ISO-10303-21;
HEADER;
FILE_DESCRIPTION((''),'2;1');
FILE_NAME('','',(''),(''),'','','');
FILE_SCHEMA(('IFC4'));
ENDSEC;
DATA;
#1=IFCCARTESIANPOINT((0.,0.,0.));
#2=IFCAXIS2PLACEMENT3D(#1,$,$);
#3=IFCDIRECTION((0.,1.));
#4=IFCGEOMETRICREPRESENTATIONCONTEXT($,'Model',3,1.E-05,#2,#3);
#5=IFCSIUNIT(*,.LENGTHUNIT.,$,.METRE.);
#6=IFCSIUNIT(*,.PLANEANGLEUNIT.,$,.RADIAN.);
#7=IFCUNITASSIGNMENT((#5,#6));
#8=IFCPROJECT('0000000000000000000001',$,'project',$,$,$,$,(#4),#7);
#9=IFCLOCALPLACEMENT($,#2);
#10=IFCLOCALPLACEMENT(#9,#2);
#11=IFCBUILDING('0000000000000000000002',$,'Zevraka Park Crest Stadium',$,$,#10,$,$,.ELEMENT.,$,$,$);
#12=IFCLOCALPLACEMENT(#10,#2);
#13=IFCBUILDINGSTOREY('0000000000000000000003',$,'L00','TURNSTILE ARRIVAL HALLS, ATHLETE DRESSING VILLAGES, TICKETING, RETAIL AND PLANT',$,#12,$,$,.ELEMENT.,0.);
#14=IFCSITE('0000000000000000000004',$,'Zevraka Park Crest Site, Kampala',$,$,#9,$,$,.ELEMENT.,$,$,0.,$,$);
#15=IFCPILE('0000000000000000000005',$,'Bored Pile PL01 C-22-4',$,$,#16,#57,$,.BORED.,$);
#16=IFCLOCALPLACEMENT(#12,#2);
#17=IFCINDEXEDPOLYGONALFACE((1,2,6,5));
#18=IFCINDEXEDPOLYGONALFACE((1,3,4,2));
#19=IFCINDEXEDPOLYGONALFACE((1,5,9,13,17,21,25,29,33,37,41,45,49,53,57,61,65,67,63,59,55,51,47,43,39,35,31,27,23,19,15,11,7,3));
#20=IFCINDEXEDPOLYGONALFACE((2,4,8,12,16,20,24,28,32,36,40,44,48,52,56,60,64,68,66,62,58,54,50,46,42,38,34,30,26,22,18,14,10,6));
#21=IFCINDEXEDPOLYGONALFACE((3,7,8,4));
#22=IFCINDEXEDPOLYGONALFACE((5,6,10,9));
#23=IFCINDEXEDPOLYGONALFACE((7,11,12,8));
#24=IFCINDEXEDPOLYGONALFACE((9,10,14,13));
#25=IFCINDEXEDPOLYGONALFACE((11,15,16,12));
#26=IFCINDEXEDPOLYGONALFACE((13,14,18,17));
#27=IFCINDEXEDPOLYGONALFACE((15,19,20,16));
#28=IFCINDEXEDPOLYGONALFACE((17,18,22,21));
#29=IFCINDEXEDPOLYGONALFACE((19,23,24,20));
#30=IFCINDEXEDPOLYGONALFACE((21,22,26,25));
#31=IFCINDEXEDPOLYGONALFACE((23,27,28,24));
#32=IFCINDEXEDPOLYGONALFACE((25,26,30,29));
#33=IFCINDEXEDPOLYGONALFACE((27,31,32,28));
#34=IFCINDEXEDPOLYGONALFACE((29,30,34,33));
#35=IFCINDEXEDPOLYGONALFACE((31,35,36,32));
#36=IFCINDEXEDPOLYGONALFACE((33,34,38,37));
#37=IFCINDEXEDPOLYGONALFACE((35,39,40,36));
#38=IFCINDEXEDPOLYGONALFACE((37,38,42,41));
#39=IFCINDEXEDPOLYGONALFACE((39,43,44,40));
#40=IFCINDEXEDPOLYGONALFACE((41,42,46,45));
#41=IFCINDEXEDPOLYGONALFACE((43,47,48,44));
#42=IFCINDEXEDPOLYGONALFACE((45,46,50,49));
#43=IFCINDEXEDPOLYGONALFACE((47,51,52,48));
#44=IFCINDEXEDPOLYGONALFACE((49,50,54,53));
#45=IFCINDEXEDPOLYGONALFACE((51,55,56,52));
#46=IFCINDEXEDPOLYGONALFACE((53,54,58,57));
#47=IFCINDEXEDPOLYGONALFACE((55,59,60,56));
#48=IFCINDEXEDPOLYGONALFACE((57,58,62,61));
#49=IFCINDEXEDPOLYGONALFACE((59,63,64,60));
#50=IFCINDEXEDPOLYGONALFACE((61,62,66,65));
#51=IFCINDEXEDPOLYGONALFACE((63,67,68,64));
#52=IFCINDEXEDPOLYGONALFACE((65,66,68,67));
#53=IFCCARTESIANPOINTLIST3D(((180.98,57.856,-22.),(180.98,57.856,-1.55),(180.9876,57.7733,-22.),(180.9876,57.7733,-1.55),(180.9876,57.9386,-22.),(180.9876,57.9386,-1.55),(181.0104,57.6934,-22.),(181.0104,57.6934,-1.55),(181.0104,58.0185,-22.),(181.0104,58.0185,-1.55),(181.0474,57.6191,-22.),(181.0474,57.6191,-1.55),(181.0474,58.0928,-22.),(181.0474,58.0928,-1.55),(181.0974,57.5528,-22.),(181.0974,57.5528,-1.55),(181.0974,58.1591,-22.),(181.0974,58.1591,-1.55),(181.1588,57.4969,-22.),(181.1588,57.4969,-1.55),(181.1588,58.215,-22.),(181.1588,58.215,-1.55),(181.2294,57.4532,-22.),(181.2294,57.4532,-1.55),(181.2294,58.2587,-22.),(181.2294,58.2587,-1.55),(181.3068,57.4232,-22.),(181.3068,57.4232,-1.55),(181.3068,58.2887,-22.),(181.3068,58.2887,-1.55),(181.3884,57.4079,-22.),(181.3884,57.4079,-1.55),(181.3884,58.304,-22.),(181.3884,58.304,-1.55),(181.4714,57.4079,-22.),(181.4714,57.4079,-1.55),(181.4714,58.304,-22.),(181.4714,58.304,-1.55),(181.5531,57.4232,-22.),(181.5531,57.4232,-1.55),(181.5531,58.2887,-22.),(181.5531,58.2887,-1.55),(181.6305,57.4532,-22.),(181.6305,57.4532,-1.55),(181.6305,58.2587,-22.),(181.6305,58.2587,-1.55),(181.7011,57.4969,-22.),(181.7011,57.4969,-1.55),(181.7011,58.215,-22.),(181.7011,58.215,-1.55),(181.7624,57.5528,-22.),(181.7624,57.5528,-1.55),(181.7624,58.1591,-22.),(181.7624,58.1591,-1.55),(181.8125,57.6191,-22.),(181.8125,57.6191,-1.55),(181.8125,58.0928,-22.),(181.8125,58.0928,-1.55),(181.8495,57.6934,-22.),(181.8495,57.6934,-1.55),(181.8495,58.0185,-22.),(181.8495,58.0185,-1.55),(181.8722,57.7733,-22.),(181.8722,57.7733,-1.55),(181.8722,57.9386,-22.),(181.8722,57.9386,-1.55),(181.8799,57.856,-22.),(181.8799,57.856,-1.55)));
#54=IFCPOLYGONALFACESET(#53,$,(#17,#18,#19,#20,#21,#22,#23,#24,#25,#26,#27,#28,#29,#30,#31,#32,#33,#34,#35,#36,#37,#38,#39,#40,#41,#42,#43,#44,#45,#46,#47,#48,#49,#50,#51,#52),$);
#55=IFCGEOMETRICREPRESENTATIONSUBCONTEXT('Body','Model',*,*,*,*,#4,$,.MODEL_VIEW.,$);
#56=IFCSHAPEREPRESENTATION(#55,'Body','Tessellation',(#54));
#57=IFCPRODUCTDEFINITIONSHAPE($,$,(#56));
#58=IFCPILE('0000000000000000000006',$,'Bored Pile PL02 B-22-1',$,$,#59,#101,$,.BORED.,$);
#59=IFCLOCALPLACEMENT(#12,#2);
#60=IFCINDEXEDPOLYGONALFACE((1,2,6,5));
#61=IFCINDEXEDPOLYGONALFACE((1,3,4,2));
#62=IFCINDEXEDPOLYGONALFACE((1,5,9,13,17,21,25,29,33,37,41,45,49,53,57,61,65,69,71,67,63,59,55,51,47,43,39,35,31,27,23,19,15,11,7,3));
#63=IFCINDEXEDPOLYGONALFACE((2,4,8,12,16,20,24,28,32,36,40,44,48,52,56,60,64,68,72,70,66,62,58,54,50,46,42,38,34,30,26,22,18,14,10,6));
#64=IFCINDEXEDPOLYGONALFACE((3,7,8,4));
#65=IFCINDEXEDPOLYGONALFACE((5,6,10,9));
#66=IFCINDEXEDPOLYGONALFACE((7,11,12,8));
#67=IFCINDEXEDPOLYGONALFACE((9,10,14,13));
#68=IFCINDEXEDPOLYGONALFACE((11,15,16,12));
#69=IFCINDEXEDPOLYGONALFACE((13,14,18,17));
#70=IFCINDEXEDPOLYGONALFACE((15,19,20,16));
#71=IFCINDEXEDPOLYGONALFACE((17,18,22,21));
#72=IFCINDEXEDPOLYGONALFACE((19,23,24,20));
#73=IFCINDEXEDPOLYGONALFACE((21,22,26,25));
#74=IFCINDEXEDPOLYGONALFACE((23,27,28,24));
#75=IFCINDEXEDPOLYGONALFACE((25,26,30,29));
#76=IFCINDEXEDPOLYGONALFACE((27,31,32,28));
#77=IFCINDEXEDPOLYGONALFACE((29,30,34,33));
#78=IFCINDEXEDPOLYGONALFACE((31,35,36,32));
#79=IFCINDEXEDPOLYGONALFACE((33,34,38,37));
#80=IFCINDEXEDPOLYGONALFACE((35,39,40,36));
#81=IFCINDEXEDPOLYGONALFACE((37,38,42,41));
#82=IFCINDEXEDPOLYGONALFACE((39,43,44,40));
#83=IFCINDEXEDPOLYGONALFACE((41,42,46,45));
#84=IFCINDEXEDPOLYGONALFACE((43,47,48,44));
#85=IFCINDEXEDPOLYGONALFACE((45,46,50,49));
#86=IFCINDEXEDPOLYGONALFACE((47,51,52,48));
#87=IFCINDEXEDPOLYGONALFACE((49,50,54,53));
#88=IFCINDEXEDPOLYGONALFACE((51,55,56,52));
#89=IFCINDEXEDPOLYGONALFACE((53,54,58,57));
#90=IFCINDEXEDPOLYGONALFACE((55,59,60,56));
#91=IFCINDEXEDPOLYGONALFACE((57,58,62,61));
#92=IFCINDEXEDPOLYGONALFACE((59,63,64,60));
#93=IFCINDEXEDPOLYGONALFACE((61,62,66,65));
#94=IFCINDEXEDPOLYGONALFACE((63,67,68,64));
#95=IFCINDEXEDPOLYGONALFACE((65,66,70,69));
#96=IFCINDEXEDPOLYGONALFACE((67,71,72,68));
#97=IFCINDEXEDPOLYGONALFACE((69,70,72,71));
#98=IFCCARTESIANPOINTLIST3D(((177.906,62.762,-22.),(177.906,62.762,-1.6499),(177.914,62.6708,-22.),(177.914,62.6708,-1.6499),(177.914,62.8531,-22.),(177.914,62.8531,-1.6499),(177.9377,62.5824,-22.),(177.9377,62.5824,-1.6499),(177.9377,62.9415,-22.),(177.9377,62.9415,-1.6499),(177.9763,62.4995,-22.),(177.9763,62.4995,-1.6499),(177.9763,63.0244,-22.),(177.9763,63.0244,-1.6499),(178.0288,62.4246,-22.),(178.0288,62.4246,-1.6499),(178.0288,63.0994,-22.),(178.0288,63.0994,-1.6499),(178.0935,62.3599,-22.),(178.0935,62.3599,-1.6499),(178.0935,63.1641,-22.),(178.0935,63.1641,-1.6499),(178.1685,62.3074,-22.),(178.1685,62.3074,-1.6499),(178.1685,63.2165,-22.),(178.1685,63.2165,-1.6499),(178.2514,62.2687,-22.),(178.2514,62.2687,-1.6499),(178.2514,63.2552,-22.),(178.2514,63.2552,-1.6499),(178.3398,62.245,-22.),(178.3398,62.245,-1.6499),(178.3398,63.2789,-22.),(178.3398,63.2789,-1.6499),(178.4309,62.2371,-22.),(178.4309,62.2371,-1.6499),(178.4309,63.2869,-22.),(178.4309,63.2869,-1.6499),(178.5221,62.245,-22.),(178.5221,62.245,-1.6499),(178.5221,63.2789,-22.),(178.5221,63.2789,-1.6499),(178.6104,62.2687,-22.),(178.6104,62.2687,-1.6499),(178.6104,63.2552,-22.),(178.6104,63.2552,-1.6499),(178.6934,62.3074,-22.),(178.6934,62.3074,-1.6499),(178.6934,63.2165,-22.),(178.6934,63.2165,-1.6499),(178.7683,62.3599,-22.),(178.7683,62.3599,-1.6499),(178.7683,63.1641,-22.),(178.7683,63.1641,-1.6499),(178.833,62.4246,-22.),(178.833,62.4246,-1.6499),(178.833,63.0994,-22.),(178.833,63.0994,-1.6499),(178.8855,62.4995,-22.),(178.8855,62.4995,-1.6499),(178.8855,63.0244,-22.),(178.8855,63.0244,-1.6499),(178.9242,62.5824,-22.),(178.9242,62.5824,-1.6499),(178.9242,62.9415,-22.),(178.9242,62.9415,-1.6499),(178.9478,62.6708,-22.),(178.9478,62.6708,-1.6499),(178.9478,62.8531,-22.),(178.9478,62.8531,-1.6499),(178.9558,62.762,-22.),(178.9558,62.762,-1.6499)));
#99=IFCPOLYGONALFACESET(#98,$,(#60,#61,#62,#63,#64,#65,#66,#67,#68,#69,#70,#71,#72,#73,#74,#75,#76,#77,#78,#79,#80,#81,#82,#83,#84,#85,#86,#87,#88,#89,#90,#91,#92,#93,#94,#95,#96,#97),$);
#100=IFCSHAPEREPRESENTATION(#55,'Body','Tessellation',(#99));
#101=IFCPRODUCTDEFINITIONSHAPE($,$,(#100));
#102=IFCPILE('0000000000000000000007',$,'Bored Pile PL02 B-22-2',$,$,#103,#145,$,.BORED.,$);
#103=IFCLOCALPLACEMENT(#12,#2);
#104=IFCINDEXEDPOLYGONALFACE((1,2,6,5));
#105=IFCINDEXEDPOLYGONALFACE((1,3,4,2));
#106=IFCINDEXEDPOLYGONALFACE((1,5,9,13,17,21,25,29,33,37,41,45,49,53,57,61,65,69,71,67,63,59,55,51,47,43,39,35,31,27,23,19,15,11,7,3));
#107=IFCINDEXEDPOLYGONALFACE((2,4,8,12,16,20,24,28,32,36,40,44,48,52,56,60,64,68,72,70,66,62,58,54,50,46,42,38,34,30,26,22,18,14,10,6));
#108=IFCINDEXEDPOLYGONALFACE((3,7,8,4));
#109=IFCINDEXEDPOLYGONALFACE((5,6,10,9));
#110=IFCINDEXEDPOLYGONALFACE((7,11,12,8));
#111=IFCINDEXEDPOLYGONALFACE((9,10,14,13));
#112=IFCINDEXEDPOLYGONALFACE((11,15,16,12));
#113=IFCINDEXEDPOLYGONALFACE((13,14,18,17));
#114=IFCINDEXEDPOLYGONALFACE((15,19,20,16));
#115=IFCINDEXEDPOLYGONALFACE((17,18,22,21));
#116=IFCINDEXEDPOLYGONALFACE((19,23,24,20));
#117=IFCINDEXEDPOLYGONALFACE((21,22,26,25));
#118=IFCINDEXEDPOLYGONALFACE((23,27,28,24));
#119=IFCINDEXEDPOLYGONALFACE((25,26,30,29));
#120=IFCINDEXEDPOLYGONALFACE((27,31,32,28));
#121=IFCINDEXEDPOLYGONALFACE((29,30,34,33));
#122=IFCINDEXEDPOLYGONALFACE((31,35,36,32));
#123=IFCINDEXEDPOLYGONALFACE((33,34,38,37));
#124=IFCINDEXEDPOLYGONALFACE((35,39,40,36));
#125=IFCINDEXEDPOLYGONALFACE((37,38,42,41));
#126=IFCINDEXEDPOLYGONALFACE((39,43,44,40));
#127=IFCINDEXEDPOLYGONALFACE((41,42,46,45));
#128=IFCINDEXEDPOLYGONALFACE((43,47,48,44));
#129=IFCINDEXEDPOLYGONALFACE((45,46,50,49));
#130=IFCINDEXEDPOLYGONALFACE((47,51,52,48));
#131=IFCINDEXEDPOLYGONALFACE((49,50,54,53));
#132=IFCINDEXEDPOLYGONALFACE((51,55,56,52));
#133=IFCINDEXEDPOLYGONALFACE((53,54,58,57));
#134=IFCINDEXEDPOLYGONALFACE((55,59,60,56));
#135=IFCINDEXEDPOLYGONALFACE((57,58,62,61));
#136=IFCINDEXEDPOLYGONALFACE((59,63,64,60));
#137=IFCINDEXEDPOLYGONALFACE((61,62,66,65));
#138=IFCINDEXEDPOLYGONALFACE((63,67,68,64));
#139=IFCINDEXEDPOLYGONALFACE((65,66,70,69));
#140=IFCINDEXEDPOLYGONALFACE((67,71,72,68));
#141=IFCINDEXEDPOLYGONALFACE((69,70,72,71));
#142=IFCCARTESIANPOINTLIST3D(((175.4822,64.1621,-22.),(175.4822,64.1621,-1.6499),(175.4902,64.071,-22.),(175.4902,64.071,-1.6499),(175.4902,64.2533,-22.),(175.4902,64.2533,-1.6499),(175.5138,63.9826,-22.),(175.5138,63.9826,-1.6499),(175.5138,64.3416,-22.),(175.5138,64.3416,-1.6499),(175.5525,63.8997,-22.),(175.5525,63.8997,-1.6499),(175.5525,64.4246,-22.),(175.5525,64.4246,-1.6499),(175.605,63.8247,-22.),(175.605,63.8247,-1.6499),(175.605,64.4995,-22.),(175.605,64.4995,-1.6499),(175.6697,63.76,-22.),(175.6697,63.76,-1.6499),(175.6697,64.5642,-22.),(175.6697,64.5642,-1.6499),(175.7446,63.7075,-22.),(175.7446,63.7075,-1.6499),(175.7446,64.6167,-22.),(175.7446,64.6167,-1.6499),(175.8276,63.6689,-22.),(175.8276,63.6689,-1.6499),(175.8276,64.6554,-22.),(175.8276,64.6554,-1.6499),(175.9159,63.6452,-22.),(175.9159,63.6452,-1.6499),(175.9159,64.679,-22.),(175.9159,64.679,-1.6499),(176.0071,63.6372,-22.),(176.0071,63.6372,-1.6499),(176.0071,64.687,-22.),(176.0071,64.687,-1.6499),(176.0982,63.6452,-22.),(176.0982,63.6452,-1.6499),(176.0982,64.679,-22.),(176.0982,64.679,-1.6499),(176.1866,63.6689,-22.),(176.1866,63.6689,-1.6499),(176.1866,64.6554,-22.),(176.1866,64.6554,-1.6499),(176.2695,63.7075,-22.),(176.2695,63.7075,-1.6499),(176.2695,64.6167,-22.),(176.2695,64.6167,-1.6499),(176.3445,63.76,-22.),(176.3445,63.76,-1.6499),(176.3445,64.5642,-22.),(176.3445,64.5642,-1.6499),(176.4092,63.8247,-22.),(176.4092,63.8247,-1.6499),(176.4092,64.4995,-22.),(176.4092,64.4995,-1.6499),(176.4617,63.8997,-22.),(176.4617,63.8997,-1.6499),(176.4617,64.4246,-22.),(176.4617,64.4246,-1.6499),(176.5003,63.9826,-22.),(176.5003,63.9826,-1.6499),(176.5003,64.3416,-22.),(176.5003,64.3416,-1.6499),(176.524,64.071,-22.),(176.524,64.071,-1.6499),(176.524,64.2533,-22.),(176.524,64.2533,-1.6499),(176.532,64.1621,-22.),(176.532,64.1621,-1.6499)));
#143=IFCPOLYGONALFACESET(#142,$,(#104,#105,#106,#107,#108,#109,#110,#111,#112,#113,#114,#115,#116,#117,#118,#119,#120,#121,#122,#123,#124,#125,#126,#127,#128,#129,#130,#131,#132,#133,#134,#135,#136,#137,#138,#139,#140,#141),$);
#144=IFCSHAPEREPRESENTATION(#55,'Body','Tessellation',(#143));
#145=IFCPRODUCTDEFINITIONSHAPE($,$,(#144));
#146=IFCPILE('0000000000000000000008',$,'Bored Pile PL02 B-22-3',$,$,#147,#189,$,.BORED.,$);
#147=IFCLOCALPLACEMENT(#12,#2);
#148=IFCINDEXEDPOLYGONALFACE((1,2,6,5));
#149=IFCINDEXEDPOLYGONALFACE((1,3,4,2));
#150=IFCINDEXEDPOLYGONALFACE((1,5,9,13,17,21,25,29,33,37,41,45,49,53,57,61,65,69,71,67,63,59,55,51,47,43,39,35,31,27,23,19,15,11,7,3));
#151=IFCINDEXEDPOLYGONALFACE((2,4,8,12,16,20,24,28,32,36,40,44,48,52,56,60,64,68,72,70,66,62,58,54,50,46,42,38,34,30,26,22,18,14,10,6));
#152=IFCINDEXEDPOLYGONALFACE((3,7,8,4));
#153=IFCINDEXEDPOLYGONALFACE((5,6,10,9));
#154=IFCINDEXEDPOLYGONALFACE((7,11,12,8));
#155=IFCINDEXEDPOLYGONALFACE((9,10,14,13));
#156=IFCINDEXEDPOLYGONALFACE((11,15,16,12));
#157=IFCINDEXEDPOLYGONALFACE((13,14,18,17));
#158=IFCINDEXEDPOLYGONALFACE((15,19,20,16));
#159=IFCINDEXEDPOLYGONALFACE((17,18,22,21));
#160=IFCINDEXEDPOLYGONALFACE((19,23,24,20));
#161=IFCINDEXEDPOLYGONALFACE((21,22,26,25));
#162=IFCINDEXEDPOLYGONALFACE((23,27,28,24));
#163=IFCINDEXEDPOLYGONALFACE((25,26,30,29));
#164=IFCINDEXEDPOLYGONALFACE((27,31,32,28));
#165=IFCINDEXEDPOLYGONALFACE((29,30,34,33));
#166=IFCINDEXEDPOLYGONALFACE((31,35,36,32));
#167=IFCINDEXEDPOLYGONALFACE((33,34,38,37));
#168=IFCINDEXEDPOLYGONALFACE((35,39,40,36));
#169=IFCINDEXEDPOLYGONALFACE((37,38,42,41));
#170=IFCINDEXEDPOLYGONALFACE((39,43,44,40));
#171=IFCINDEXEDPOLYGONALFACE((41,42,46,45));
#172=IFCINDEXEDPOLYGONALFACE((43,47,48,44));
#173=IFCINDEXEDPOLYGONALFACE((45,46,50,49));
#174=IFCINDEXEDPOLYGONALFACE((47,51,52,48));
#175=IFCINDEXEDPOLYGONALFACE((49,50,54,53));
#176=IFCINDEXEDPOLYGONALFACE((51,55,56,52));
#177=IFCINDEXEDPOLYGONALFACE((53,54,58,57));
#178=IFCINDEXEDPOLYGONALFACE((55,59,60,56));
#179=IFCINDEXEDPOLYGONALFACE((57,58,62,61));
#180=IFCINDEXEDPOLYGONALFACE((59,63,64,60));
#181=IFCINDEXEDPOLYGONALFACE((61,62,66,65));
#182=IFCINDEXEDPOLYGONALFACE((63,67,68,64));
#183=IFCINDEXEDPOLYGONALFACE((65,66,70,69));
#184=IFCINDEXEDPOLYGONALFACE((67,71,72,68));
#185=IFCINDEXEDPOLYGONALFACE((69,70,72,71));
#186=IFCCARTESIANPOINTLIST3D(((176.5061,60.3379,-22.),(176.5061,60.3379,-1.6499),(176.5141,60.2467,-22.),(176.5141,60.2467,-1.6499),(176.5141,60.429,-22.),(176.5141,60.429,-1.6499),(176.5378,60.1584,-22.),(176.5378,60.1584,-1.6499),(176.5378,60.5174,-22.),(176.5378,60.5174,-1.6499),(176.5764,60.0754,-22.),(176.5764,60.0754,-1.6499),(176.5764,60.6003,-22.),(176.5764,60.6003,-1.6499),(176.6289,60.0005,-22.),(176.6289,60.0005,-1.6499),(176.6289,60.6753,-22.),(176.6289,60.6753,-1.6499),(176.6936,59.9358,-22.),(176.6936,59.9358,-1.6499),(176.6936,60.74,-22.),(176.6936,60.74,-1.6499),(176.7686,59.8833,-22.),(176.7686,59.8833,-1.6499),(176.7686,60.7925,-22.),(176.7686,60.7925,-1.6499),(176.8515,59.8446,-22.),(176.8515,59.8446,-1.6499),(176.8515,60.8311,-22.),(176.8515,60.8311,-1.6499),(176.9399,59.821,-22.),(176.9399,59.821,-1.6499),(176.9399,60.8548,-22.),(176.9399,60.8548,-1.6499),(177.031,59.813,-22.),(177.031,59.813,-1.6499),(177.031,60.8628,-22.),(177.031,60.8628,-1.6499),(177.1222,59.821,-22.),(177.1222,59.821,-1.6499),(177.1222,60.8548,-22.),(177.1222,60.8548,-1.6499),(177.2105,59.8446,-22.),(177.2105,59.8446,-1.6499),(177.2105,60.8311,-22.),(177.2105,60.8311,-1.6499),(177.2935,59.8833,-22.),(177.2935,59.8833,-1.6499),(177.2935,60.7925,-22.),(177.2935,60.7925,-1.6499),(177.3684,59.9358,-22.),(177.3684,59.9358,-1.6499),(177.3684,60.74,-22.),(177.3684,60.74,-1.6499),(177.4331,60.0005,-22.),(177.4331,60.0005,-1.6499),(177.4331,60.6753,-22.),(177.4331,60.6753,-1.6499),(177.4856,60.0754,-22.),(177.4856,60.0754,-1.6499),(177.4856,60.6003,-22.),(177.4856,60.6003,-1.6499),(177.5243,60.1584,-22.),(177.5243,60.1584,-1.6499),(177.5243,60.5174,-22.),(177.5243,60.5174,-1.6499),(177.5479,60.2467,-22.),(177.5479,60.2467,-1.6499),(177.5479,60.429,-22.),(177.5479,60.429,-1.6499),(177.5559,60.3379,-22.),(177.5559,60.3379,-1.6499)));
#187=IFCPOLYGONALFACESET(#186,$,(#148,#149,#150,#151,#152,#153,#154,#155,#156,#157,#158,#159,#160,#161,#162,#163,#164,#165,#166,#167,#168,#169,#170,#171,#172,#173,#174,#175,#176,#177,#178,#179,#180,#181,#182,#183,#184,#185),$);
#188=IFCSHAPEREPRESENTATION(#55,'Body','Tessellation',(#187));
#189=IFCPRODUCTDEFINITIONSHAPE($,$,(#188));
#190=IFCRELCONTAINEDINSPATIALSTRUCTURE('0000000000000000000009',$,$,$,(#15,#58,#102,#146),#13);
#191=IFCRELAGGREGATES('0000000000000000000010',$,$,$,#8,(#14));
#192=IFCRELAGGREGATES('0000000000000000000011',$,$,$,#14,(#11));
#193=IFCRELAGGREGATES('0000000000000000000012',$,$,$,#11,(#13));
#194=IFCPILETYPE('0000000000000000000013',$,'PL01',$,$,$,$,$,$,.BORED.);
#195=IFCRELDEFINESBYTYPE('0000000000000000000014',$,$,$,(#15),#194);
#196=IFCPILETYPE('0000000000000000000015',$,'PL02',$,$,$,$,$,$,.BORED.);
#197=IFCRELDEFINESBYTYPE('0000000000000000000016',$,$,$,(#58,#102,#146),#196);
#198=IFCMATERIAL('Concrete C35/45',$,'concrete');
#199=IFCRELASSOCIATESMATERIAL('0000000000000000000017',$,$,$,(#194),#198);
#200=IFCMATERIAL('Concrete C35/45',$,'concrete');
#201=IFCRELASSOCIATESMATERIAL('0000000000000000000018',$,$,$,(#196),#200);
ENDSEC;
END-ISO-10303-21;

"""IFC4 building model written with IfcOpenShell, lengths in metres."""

from ifc_helpers import new_model, si_unit, direction, frame, origin, origin_2d, place, context, subcontext, project, spatial, circle, extrude, material, material_profile, profile_set, type_object, element, save


model = new_model("IFC4")

# Units and contexts
model_context = context("Model", 3, precision=1e-05, world=origin(), true_north=direction((0.0, 1.0)))
body_context = subcontext(model_context, "Body", "Model", "MODEL_VIEW")
ifc_project = project(units=[si_unit("LENGTHUNIT", "METRE"), si_unit("PLANEANGLEUNIT", "RADIAN")], contexts=[model_context])

# Site, building, storey
site_placement = place(None, origin())
site = spatial("IfcSite", under=ifc_project, at=site_placement, Name="Zevraka Park Crest Site, Kampala", CompositionType="ELEMENT", RefElevation=0.0)
building_placement = place(site_placement, origin())
building = spatial("IfcBuilding", under=site, at=building_placement, Name="Zevraka Park Crest Stadium", CompositionType="ELEMENT")
storey_placement = place(building_placement, origin())
storey = spatial("IfcBuildingStorey", under=building, at=storey_placement, Name="L00", Description="TURNSTILE ARRIVAL HALLS, ATHLETE DRESSING VILLAGES, TICKETING, RETAIL AND PLANT", CompositionType="ELEMENT", Elevation=0.0)

# Piles
ifc_material_1 = material(Name="Concrete C35/45", Category="concrete")
ifc_material_profile_1 = material_profile(ifc_material_1, circle(Radius=0.45, at=origin_2d()), Name="PILE D900")
ifc_profile_set_1 = profile_set([ifc_material_profile_1], Name="Concrete C35/45")
pile_type_1 = type_object("IfcPileType", Name="PL01", PredefinedType="BORED", material=ifc_profile_set_1)
for number, where, z_axis, x_axis, name in (
    (1, (181.4299, 57.856, -1.55), (0.0, 0.0, -1.0), (1.0, 0.0, 0.0), "Bored Pile PL01 C-22-4"),
):
    element("IfcPile", number, at=place(storey_placement, frame(where, z_axis=z_axis, x_axis=x_axis)), inside=storey, type_object=pile_type_1, Name=name, PredefinedType="BORED", context=body_context, shape_type="SweptSolid", body=[
        extrude(circle(Radius=0.45, at=origin_2d()), origin(), (0.0, 0.0, 1.0), 20.45),
    ])
ifc_material_2 = material(Name="Concrete C35/45", Category="concrete")
ifc_material_profile_2 = material_profile(ifc_material_2, circle(Radius=0.5249, at=origin_2d()), Name="PILE D1050")
ifc_profile_set_2 = profile_set([ifc_material_profile_2], Name="Concrete C35/45")
pile_type_2 = type_object("IfcPileType", Name="PL02", PredefinedType="BORED", material=ifc_profile_set_2)
for number, where, z_axis, x_axis, name in (
    (2, (178.4309, 62.762, -1.6499), (0.0, 0.0, -1.0), (1.0, 0.0, 0.0), "Bored Pile PL02 B-22-1"),
    (3, (176.0071, 64.1621, -1.6499), (0.0, 0.0, -1.0), (1.0, 0.0, 0.0), "Bored Pile PL02 B-22-2"),
    (4, (177.031, 60.3379, -1.6499), (0.0, 0.0, -1.0), (1.0, 0.0, 0.0), "Bored Pile PL02 B-22-3"),
):
    element("IfcPile", number, at=place(storey_placement, frame(where, z_axis=z_axis, x_axis=x_axis)), inside=storey, type_object=pile_type_2, Name=name, PredefinedType="BORED", context=body_context, shape_type="SweptSolid", body=[
        extrude(circle(Radius=0.5249, at=origin_2d()), origin(), (0.0, 0.0, 1.0), 20.3501),
    ])

save(model, "model.ifc")
